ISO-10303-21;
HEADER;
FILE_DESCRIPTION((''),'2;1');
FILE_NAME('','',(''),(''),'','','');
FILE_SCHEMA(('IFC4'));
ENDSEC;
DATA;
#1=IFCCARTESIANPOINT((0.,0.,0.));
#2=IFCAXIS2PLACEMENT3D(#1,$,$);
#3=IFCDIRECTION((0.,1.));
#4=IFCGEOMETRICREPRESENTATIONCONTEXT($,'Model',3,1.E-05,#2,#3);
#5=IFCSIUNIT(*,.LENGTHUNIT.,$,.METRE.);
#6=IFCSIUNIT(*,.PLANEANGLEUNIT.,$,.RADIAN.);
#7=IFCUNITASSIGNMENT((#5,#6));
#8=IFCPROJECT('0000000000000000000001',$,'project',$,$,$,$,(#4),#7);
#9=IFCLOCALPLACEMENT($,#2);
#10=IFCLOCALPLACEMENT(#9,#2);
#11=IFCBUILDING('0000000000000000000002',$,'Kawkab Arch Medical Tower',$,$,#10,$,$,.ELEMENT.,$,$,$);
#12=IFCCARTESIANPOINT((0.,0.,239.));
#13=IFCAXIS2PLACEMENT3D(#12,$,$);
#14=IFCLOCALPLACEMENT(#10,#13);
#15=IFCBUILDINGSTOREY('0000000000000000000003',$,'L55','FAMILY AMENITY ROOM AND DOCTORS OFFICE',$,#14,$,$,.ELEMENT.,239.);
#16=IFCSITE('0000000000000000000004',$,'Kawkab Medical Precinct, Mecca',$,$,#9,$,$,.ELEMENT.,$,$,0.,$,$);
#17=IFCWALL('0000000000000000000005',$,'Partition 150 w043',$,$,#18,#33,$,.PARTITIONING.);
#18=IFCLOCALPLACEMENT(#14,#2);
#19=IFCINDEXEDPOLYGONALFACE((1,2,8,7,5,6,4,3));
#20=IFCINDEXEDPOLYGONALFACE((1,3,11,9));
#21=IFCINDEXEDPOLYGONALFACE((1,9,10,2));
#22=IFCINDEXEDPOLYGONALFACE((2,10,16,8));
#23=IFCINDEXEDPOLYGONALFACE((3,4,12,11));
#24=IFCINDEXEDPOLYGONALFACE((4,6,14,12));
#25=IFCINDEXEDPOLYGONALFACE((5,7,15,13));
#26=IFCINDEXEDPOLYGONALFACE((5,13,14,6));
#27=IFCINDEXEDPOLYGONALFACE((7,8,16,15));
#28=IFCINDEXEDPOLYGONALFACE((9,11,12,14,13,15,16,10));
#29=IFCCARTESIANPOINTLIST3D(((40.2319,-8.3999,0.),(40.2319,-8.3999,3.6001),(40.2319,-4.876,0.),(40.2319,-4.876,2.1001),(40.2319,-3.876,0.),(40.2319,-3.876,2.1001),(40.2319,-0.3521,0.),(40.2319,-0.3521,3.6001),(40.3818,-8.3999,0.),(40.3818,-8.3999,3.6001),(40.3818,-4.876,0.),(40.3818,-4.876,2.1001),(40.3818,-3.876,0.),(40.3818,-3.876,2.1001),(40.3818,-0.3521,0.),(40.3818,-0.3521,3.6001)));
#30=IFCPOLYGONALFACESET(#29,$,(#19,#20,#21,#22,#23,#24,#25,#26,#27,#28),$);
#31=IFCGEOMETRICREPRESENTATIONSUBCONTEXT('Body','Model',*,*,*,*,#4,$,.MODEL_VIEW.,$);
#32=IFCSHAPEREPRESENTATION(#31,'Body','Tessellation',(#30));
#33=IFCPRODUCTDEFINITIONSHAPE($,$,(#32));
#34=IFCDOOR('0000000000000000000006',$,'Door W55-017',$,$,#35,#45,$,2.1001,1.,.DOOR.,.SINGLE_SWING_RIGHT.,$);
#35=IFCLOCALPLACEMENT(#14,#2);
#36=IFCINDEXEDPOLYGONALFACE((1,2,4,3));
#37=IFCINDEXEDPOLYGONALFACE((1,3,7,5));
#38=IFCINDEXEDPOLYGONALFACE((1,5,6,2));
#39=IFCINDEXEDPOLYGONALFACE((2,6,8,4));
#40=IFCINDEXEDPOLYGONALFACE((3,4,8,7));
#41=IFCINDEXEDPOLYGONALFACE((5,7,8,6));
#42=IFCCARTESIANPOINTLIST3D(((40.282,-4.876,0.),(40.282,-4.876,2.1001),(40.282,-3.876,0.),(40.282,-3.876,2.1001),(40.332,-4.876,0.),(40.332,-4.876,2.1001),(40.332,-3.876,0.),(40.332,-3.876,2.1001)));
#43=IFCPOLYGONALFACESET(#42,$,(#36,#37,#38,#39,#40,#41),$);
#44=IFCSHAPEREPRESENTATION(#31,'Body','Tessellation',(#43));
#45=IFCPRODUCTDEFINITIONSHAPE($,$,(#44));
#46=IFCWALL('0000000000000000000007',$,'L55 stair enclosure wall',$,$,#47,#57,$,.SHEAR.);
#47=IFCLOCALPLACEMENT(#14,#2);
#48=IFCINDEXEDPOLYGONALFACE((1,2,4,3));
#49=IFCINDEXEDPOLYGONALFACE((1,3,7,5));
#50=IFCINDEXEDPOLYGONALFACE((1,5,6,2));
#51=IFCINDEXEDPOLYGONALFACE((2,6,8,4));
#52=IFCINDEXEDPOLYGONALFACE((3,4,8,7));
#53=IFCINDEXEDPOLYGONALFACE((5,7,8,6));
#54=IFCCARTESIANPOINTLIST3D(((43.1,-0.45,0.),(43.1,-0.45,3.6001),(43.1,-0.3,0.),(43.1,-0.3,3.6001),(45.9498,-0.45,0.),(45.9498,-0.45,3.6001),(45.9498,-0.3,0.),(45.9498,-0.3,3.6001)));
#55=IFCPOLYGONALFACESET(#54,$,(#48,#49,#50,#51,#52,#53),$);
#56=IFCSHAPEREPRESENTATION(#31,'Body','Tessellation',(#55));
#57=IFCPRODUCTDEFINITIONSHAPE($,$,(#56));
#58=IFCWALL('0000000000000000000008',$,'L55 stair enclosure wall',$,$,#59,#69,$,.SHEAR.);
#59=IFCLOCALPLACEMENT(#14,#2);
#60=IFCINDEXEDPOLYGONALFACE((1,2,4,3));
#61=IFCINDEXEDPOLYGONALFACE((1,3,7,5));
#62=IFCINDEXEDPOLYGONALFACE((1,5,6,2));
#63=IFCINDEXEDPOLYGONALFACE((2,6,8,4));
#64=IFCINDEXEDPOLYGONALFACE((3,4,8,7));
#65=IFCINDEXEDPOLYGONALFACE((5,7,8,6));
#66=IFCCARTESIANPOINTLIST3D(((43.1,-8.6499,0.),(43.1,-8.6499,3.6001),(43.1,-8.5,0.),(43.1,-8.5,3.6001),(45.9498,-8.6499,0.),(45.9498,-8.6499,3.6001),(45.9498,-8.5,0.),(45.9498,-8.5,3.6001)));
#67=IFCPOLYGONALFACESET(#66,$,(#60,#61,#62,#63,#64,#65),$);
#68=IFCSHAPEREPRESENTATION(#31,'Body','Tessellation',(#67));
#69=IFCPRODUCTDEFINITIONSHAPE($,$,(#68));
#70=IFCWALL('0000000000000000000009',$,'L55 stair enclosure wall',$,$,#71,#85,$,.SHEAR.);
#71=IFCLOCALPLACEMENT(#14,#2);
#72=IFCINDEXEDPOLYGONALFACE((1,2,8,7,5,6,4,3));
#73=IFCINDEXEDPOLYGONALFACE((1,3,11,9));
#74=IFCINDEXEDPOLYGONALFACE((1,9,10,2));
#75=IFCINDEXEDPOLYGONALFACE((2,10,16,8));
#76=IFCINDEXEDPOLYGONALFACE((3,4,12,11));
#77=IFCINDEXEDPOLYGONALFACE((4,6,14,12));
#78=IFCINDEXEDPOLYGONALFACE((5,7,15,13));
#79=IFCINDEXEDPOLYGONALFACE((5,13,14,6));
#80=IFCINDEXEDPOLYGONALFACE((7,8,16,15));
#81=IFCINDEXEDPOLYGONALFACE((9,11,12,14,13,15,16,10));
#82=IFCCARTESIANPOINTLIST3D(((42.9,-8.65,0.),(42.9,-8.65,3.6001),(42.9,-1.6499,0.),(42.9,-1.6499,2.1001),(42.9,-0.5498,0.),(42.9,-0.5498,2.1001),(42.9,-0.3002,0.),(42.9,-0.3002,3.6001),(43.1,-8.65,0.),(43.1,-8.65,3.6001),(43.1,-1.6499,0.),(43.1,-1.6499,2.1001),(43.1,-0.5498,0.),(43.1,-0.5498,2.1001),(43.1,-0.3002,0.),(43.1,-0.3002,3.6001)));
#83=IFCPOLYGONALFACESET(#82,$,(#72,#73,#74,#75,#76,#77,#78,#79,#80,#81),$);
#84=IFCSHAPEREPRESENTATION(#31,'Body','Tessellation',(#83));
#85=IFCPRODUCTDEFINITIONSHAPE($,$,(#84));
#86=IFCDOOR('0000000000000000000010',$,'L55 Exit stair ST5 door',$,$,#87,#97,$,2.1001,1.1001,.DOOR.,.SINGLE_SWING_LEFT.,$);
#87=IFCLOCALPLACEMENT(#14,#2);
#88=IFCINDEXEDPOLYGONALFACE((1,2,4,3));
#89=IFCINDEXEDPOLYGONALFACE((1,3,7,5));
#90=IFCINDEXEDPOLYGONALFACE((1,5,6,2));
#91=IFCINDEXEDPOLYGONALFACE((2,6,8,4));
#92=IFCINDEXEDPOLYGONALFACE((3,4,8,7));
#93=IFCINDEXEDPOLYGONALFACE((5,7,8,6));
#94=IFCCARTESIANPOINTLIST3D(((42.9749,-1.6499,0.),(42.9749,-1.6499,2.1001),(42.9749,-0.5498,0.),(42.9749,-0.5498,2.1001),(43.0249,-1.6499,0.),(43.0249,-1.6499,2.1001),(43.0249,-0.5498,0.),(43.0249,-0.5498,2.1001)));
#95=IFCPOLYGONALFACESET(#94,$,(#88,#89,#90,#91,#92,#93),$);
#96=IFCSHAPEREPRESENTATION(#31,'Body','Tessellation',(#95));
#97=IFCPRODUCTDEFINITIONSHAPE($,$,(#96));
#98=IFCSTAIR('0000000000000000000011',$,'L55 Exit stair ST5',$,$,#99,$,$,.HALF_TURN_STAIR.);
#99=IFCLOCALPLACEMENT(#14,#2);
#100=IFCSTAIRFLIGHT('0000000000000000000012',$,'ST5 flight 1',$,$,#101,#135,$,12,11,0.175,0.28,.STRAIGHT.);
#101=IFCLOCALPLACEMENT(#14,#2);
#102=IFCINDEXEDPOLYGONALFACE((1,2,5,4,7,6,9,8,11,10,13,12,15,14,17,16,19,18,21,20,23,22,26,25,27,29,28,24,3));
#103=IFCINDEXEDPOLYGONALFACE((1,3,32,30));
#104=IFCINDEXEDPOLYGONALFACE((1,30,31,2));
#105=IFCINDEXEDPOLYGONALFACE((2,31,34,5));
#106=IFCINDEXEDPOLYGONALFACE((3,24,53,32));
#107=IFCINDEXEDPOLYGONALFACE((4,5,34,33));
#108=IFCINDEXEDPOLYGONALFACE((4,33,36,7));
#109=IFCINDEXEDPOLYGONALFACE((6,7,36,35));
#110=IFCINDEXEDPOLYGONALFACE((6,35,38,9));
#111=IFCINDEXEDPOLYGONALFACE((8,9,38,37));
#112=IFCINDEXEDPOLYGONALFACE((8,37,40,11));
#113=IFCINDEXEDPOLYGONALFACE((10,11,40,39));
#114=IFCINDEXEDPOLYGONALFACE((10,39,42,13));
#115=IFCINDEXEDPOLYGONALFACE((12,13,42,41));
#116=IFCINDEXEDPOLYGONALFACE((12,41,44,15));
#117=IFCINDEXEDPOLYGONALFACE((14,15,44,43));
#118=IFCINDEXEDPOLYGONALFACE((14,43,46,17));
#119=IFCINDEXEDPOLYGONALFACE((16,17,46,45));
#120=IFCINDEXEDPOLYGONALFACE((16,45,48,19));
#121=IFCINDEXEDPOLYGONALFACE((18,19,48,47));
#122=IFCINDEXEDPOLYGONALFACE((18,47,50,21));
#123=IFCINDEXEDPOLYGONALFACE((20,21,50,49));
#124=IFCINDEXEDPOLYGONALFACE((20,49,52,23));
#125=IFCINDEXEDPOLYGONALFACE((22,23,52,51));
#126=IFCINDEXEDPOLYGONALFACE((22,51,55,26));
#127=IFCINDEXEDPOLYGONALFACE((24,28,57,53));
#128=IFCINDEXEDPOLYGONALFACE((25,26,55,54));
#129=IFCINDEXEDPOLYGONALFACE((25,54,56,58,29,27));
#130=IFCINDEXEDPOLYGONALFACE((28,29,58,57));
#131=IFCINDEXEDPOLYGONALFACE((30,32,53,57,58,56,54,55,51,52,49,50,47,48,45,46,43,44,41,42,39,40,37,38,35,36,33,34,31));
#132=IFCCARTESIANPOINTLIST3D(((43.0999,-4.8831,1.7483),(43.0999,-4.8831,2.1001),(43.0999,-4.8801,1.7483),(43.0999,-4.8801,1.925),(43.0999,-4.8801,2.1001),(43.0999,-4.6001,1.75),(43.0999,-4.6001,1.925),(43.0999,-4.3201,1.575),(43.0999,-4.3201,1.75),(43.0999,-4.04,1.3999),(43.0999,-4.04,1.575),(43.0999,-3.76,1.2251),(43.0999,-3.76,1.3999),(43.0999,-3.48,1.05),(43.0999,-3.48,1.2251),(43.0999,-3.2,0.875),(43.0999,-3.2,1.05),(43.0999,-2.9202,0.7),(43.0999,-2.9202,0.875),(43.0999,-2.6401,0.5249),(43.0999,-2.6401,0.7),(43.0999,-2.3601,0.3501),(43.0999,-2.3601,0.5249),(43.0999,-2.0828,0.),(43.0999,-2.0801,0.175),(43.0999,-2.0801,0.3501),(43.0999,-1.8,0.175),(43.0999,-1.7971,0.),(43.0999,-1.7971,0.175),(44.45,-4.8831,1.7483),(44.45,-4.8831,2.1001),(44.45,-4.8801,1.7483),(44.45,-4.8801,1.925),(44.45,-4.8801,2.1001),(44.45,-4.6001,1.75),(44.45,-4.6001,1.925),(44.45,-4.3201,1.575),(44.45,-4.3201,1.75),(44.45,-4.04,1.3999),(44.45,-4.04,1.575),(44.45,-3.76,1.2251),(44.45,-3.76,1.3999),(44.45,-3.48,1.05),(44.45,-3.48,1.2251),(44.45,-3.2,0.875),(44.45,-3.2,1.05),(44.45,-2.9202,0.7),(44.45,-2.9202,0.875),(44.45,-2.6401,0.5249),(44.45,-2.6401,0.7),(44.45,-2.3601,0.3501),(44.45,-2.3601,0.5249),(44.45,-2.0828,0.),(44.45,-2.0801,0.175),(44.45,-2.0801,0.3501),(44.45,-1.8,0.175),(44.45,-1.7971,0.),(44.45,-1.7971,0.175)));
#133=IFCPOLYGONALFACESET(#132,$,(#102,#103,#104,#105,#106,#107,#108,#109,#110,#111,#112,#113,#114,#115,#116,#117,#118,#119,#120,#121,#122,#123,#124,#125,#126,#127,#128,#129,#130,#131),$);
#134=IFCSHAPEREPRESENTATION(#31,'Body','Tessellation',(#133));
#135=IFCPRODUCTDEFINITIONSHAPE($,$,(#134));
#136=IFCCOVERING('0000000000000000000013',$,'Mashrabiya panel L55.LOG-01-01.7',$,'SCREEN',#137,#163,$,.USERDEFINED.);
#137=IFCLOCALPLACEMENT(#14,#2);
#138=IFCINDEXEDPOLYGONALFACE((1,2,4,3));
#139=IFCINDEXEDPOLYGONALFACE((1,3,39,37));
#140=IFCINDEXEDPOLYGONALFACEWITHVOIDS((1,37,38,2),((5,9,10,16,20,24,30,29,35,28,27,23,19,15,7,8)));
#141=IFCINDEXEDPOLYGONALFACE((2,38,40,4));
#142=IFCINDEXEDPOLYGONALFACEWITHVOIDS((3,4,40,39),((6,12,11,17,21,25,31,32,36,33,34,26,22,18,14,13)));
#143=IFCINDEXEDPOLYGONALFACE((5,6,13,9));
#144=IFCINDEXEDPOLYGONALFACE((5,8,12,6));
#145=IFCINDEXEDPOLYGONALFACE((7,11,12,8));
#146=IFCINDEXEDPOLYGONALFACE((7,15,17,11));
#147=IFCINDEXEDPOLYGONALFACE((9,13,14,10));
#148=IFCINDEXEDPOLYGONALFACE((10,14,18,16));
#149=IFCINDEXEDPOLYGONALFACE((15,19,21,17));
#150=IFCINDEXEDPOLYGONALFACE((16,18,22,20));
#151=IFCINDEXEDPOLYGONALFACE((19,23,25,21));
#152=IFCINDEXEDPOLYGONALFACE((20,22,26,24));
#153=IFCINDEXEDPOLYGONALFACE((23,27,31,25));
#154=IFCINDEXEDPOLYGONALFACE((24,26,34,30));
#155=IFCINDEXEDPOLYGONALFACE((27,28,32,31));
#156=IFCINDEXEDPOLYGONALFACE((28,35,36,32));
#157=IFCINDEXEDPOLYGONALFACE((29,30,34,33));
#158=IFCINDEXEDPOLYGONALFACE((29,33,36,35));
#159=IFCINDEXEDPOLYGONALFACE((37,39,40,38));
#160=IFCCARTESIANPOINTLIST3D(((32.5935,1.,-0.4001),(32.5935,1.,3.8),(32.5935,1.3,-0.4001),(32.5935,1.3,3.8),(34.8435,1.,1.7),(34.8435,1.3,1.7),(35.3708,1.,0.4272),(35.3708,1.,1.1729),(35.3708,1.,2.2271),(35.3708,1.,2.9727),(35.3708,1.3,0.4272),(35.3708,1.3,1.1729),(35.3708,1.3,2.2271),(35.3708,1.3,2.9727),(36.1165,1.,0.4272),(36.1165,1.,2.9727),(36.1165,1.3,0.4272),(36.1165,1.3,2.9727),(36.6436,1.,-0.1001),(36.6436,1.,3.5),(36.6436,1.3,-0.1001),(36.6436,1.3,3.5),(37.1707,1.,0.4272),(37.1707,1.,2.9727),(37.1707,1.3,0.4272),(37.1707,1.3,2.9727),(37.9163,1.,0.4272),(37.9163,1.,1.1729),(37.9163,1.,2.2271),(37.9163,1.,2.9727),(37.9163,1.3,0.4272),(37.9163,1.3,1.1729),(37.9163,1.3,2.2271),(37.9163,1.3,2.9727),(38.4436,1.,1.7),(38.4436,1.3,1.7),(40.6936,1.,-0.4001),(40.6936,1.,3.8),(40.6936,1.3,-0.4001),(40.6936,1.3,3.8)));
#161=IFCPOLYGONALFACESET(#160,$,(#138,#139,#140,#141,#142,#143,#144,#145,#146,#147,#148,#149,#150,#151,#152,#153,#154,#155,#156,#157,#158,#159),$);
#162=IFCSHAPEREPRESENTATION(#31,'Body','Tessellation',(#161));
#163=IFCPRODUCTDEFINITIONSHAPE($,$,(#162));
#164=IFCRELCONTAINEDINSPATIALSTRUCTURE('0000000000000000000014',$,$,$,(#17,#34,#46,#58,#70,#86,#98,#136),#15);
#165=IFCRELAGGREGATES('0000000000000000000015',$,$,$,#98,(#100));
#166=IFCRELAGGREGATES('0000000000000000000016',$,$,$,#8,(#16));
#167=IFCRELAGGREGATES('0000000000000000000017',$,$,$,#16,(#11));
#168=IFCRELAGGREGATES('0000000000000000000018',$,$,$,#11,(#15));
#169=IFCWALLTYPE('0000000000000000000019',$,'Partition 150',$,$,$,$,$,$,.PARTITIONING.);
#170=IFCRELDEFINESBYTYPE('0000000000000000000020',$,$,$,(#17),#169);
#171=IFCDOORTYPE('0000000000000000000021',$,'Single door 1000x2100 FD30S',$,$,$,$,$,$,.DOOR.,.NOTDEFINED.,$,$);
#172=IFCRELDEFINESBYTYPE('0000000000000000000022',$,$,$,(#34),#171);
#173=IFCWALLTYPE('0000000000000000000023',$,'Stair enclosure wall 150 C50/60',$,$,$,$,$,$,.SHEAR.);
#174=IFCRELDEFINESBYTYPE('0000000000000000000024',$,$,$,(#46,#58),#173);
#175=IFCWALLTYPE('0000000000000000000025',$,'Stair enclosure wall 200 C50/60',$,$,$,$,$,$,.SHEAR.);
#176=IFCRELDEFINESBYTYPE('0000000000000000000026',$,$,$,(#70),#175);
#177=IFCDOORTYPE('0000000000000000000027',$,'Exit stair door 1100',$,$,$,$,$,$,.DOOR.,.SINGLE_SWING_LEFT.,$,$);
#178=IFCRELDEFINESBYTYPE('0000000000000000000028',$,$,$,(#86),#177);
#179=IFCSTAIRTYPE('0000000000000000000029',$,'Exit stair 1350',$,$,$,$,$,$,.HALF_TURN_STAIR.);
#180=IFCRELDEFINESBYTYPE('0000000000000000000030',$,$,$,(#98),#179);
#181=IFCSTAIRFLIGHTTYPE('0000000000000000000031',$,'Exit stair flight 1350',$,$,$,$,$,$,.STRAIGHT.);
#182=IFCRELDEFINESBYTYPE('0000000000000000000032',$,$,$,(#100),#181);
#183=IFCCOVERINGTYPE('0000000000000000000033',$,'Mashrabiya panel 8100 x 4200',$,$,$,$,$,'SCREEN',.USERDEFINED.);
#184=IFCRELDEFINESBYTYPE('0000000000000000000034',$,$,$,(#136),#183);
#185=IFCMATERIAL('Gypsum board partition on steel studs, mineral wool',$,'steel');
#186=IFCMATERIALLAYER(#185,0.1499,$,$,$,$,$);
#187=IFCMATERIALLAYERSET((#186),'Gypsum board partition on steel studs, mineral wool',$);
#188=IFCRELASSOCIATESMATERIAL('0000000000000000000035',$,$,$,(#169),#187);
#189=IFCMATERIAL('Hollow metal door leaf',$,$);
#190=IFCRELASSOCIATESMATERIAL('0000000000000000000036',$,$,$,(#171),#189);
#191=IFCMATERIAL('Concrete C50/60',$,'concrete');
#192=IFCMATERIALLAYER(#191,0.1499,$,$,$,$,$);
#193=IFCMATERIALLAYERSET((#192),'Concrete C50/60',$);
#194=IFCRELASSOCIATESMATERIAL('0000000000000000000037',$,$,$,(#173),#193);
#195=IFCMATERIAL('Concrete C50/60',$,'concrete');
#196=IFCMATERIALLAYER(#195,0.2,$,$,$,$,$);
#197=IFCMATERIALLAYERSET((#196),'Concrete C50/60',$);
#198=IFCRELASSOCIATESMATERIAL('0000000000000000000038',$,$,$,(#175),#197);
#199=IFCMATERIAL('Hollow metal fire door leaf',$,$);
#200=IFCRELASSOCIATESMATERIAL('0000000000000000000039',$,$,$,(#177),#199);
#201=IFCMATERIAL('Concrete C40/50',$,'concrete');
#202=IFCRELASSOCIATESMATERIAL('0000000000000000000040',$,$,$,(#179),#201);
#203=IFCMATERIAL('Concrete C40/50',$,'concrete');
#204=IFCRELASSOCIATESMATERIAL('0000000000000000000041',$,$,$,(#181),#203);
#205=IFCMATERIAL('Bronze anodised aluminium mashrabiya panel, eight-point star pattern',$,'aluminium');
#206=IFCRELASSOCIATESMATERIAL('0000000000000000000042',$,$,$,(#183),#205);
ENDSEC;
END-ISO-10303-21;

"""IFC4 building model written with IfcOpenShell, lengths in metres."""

from ifc_helpers import new_model, si_unit, direction, frame, frame_2d, origin, place, context, subcontext, project, spatial, polyline, rectangle, outline, extrude, material, layer, layer_set, material_profile, profile_set, type_object, element, fill, aggregate, save


model = new_model("IFC4")

# Units and contexts
model_context = context("Model", 3, precision=1e-05, world=origin(), true_north=direction((0.0, 1.0)))
body_context = subcontext(model_context, "Body", "Model", "MODEL_VIEW")
ifc_project = project(units=[si_unit("LENGTHUNIT", "METRE"), si_unit("PLANEANGLEUNIT", "RADIAN")], contexts=[model_context])

# Site, building, storey
site_placement = place(None, origin())
site = spatial("IfcSite", under=ifc_project, at=site_placement, Name="Kawkab Medical Precinct, Mecca", CompositionType="ELEMENT", RefElevation=0.0)
building_placement = place(site_placement, origin())
building = spatial("IfcBuilding", under=site, at=building_placement, Name="Kawkab Arch Medical Tower", CompositionType="ELEMENT")
storey_placement = place(building_placement, frame((0.0, 0.0, 239.0)))
storey = spatial("IfcBuildingStorey", under=building, at=storey_placement, Name="L55", Description="FAMILY AMENITY ROOM AND DOCTORS OFFICE", CompositionType="ELEMENT", Elevation=239.0)

# Shared definitions
placement = place(storey_placement, origin())

# Shared definitions
ifc_material_1 = material(Name="Gypsum board partition on steel studs, mineral wool", Category="steel")
ifc_layer_1 = layer(ifc_material_1, 0.1499)
ifc_layer_set_1 = layer_set([ifc_layer_1], Name="Gypsum board partition on steel studs, mineral wool")
wall_type_1 = type_object("IfcWallType", Name="Partition 150", PredefinedType="PARTITIONING", material=ifc_layer_set_1)

# Wall, opening, door
wall_1_placement = place(storey_placement, frame((40.3069, -8.3999, 0.0), z_axis=(0.0, 0.0, 1.0), x_axis=(0.0, 1.0, 0.0)))
wall_1 = element("IfcWall", 1, at=wall_1_placement, inside=storey, type_object=wall_type_1, Name="Partition 150 w043", PredefinedType="PARTITIONING", context=body_context, shape_type="SweptSolid", body=[
    extrude(rectangle(XDim=8.0479, YDim=0.1499, at=frame_2d((4.0239, 0.0))), origin(), (0.0, 0.0, 1.0), 3.6001),
])
opening_1_placement = place(wall_1_placement, frame((3.5239, 0.0, 0.0)))
opening_1 = element("IfcOpeningElement", 2, at=opening_1_placement, cuts=wall_1, PredefinedType="OPENING", context=body_context, shape_type="SweptSolid", body=[
    extrude(rectangle(XDim=1.0, YDim=2.1001, at=frame_2d((0.5, 1.05))), frame((0.0, 0.085, 0.0), z_axis=(0.0, -1.0, 0.0), x_axis=(1.0, 0.0, 0.0)), (0.0, 0.0, 1.0), 0.1699),
])
ifc_material_2 = material(Name="Hollow metal door leaf")
door_type_1 = type_object("IfcDoorType", Name="Single door 1000x2100 FD30S", OperationType="NOTDEFINED", PredefinedType="DOOR", material=ifc_material_2)
door_1_placement = place(opening_1_placement, origin())
door_1 = element("IfcDoor", 3, at=door_1_placement, inside=storey, type_object=door_type_1, Name="Door W55-017", OperationType="SINGLE_SWING_RIGHT", OverallHeight=2.1001, OverallWidth=1.0, PredefinedType="DOOR", context=body_context, shape_type="SweptSolid", body=[
    extrude(rectangle(XDim=1.0, YDim=2.1001, at=frame_2d((0.5, 1.05))), frame((0.0, 0.0249, 0.0), z_axis=(0.0, -1.0, 0.0), x_axis=(1.0, 0.0, 0.0)), (0.0, 0.0, 1.0), 0.05),
])
fill(opening_1, door_1)

# Walls
ifc_material_3 = material(Name="Concrete C50/60", Category="concrete")
ifc_layer_2 = layer(ifc_material_3, 0.1499)
ifc_layer_set_2 = layer_set([ifc_layer_2], Name="Concrete C50/60")
wall_type_2 = type_object("IfcWallType", Name="Stair enclosure wall 150 C50/60", PredefinedType="SHEAR", material=ifc_layer_set_2)
for number, where, z_axis, x_axis, name in (
    (4, (43.1001, -0.375, 0.0), (0.0, 0.0, 1.0), (1.0, 0.0, 0.0), "L55 stair enclosure wall"),
    (5, (43.1001, -8.575, 0.0), (0.0, 0.0, 1.0), (1.0, 0.0, 0.0), "L55 stair enclosure wall"),
):
    element("IfcWall", number, at=place(storey_placement, frame(where, z_axis=z_axis, x_axis=x_axis)), inside=storey, type_object=wall_type_2, Name=name, PredefinedType="SHEAR", context=body_context, shape_type="SweptSolid", body=[
        extrude(rectangle(XDim=2.8499, YDim=0.1499, at=frame_2d((1.4248, 0.0))), origin(), (0.0, 0.0, 1.0), 3.6001),
    ])

# Wall, opening, door
ifc_material_4 = material(Name="Concrete C50/60", Category="concrete")
ifc_layer_3 = layer(ifc_material_4, 0.2)
ifc_layer_set_3 = layer_set([ifc_layer_3], Name="Concrete C50/60")
wall_type_3 = type_object("IfcWallType", Name="Stair enclosure wall 200 C50/60", PredefinedType="SHEAR", material=ifc_layer_set_3)
wall_2_placement = place(storey_placement, frame((43.0, -8.6499, 0.0), z_axis=(0.0, 0.0, 1.0), x_axis=(0.0, 1.0, 0.0)))
wall_2 = element("IfcWall", 6, at=wall_2_placement, inside=storey, type_object=wall_type_3, Name="L55 stair enclosure wall", PredefinedType="SHEAR", context=body_context, shape_type="SweptSolid", body=[
    extrude(rectangle(XDim=8.3499, YDim=0.2, at=frame_2d((4.1748, 0.0))), origin(), (0.0, 0.0, 1.0), 3.6001),
])
opening_2_placement = place(wall_2_placement, frame((7.0, 0.0, 0.0)))
opening_2 = element("IfcOpeningElement", 7, at=opening_2_placement, cuts=wall_2, PredefinedType="OPENING", context=body_context, shape_type="SweptSolid", body=[
    extrude(rectangle(XDim=1.1001, YDim=2.1001, at=frame_2d((0.55, 1.05))), frame((0.0, 0.1099, 0.0), z_axis=(0.0, -1.0, 0.0), x_axis=(1.0, 0.0, 0.0)), (0.0, 0.0, 1.0), 0.22),
])
ifc_material_5 = material(Name="Hollow metal fire door leaf")
door_type_2 = type_object("IfcDoorType", Name="Exit stair door 1100", OperationType="SINGLE_SWING_LEFT", PredefinedType="DOOR", material=ifc_material_5)
door_2_placement = place(opening_2_placement, frame((1.1001, 0.0, 0.0), z_axis=(0.0, 0.0, 1.0), x_axis=(-1.0, 0.0, 0.0)))
door_2 = element("IfcDoor", 8, at=door_2_placement, inside=storey, type_object=door_type_2, Name="L55 Exit stair ST5 door", OperationType="SINGLE_SWING_LEFT", OverallHeight=2.1001, OverallWidth=1.1001, PredefinedType="DOOR", context=body_context, shape_type="SweptSolid", body=[
    extrude(rectangle(XDim=1.1001, YDim=2.1001, at=frame_2d((0.55, 1.05))), frame((0.0, 0.0249, 0.0), z_axis=(0.0, -1.0, 0.0), x_axis=(1.0, 0.0, 0.0)), (0.0, 0.0, 1.0), 0.05),
])
fill(opening_2, door_2)

# Stair, stair flight
ifc_material_6 = material(Name="Concrete C40/50", Category="concrete")
stair_type = type_object("IfcStairType", Name="Exit stair 1350", PredefinedType="HALF_TURN_STAIR", material=ifc_material_6)
stair = element("IfcStair", 9, at=placement, inside=storey, type_object=stair_type, Name="L55 Exit stair ST5", PredefinedType="HALF_TURN_STAIR")
ifc_material_7 = material(Name="Concrete C40/50", Category="concrete")
stair_flight_type = type_object("IfcStairFlightType", Name="Exit stair flight 1350", PredefinedType="STRAIGHT", material=ifc_material_7)
stair_flight_placement = place(storey_placement, frame((43.7749, -1.8, 0.0), z_axis=(0.0, 0.0, 1.0), x_axis=(0.0, -1.0, 0.0)))
stair_flight = element("IfcStairFlight", 10, at=stair_flight_placement, type_object=stair_flight_type, Name="ST5 flight 1", NumberOfRisers=12, NumberOfTreads=11, PredefinedType="STRAIGHT", RiserHeight=0.175, TreadLength=0.28, context=body_context, shape_type="SweptSolid", body=[
    extrude(outline(polyline([(-0.0029, 0.0), (-0.0029, 0.175), (0.0, 0.175), (0.28, 0.175), (0.28, 0.3501), (0.5601, 0.3501), (0.5601, 0.5249), (0.8401, 0.5249), (0.8401, 0.7), (1.1201, 0.7), (1.1201, 0.875), (1.3999, 0.875), (1.3999, 1.05), (1.6799, 1.05), (1.6799, 1.2251), (1.96, 1.2251), (1.96, 1.3999), (2.24, 1.3999), (2.24, 1.575), (2.52, 1.575), (2.52, 1.75), (2.8, 1.75), (2.8, 1.925), (3.0801, 1.925), (3.0801, 2.1001), (3.083, 2.1001), (3.083, 1.7483), (3.0801, 1.7483), (0.2827, 0.0), (-0.0029, 0.0)])), frame((0.0, 0.675, 0.0), z_axis=(0.0, -1.0, 0.0), x_axis=(1.0, 0.0, 0.0)), (0.0, 0.0, 1.0), 1.3501),
])
aggregate(stair, [stair_flight])

# Covering
ifc_material_8 = material(Name="Bronze anodised aluminium mashrabiya panel, eight-point star pattern", Category="aluminium")
ifc_material_profile_1 = material_profile(ifc_material_8, outline(polyline([(-4.05, -2.1001), (4.05, -2.1001), (4.05, 2.1001), (-4.05, 2.1001), (-4.05, -2.1001)]), holes=[polyline([(1.8, 0.0), (1.2727, 0.5271), (1.2727, 1.2727), (0.5271, 1.2727), (0.0, 1.8), (-0.5271, 1.2727), (-1.2727, 1.2727), (-1.2727, 0.5271), (-1.8, 0.0), (-1.2727, -0.5271), (-1.2727, -1.2727), (-0.5271, -1.2727), (0.0, -1.8), (0.5271, -1.2727), (1.2727, -1.2727), (1.2727, -0.5271), (1.8, 0.0)])]), Name="Mashrabiya panel 8100x4200")
ifc_profile_set_1 = profile_set([ifc_material_profile_1], Name="Bronze anodised aluminium mashrabiya panel, eight-point star pattern")
covering_type_1 = type_object("IfcCoveringType", Name="Mashrabiya panel 8100 x 4200", ElementType="SCREEN", PredefinedType="USERDEFINED", material=ifc_profile_set_1)
covering_1_placement = place(storey_placement, frame((36.6436, 1.0, 1.7), z_axis=(0.0, 1.0, 0.0), x_axis=(-1.0, 0.0, 0.0)))
element("IfcCovering", 11, at=covering_1_placement, inside=storey, type_object=covering_type_1, Name="Mashrabiya panel L55.LOG-01-01.7", ObjectType="SCREEN", PredefinedType="USERDEFINED", context=body_context, shape_type="SweptSolid", body=[
    extrude(outline(polyline([(-4.05, -2.1001), (4.05, -2.1001), (4.05, 2.1001), (-4.05, 2.1001), (-4.05, -2.1001)]), holes=[polyline([(1.8, 0.0), (1.2727, 0.5271), (1.2727, 1.2727), (0.5271, 1.2727), (0.0, 1.8), (-0.5271, 1.2727), (-1.2727, 1.2727), (-1.2727, 0.5271), (-1.8, 0.0), (-1.2727, -0.5271), (-1.2727, -1.2727), (-0.5271, -1.2727), (0.0, -1.8), (0.5271, -1.2727), (1.2727, -1.2727), (1.2727, -0.5271), (1.8, 0.0)])]), origin(), (0.0, 0.0, 1.0), 0.3),
])

save(model, "model.ifc")
